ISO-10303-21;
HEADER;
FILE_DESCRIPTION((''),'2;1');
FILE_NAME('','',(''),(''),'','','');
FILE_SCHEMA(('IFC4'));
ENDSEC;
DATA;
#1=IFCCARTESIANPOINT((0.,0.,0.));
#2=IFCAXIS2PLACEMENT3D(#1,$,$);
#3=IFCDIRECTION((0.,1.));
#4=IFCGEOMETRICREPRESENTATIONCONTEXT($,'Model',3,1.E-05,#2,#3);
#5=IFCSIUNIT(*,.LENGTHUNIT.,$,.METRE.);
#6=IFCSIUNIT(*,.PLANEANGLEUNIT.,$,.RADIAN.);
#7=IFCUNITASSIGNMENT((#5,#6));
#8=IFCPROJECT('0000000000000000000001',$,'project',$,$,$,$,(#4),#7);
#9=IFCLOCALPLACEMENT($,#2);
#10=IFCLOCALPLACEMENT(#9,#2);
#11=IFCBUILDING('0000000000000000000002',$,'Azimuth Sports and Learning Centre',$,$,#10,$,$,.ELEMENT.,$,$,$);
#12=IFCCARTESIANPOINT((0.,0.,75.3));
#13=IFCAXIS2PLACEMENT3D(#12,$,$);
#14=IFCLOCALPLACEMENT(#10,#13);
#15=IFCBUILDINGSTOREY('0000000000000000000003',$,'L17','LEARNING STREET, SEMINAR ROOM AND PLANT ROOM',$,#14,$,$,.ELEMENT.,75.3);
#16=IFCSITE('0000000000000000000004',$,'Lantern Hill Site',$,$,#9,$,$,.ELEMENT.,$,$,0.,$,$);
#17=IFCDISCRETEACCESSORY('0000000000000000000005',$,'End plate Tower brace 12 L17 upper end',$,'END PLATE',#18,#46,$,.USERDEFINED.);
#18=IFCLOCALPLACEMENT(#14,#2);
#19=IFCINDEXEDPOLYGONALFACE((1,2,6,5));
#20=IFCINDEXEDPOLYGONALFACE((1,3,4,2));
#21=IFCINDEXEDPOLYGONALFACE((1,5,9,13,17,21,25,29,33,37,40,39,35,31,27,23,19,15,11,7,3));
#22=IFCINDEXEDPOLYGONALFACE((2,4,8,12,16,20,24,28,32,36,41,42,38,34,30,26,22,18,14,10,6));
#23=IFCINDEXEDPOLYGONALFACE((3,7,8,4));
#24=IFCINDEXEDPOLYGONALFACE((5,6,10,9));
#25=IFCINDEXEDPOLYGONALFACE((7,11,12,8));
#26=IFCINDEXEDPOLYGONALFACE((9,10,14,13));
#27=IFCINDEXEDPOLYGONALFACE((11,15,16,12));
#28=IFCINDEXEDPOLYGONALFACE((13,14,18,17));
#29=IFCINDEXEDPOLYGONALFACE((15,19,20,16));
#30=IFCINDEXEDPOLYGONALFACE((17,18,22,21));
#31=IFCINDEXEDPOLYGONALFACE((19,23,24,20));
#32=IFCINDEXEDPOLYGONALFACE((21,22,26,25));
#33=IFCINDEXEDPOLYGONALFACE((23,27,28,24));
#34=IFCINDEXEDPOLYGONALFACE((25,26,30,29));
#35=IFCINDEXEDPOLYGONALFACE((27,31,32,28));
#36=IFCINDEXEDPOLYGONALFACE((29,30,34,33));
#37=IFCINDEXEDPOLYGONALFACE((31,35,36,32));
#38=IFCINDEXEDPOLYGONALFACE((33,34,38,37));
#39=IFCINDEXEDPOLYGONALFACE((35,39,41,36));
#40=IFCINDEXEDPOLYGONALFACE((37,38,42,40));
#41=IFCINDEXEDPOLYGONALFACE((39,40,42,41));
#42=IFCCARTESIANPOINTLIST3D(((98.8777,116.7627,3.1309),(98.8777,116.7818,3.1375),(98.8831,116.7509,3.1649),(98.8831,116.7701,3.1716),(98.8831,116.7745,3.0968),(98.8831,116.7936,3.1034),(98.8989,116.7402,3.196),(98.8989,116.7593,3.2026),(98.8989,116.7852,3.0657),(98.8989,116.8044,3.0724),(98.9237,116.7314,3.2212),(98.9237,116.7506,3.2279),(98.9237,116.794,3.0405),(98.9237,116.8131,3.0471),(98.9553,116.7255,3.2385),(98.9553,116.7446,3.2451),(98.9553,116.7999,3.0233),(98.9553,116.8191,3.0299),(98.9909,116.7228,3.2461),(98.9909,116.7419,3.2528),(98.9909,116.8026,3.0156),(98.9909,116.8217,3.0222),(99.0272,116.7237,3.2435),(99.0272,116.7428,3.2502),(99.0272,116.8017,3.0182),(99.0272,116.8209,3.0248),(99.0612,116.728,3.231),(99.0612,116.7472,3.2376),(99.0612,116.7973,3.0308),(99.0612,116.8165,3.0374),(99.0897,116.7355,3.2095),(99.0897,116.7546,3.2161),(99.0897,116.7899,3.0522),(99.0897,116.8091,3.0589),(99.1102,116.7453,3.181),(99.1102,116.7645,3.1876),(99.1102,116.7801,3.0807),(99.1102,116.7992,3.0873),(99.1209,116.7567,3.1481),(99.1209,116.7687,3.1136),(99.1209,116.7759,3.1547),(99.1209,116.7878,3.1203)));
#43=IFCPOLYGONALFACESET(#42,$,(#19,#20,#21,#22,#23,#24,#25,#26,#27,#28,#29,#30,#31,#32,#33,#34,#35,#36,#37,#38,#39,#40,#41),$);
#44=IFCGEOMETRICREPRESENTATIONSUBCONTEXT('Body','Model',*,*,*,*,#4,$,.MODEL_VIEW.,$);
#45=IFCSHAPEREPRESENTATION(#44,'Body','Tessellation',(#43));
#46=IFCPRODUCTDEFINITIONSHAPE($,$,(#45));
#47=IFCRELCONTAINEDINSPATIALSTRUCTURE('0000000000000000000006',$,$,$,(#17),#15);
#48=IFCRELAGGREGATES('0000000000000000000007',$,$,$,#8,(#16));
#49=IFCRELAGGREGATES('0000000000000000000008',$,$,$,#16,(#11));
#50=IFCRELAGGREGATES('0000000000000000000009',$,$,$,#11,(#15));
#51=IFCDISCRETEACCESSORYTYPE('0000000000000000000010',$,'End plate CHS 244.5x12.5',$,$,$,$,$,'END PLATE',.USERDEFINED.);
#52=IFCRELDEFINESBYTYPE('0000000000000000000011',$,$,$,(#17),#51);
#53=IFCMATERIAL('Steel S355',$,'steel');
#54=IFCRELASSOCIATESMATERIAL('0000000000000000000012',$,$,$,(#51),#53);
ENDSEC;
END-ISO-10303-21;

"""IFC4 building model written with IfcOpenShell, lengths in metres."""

from ifc_helpers import new_model, si_unit, direction, frame, origin, origin_2d, place, context, subcontext, project, spatial, circle, extrude, material, material_profile, profile_set, type_object, element, save


model = new_model("IFC4")

# Units and contexts
model_context = context("Model", 3, precision=1e-05, world=origin(), true_north=direction((0.0, 1.0)))
body_context = subcontext(model_context, "Body", "Model", "MODEL_VIEW")
ifc_project = project(units=[si_unit("LENGTHUNIT", "METRE"), si_unit("PLANEANGLEUNIT", "RADIAN")], contexts=[model_context])

# Site, building, storey
site_placement = place(None, origin())
site = spatial("IfcSite", under=ifc_project, at=site_placement, Name="Lantern Hill Site", CompositionType="ELEMENT", RefElevation=0.0)
building_placement = place(site_placement, origin())
building = spatial("IfcBuilding", under=site, at=building_placement, Name="Azimuth Sports and Learning Centre", CompositionType="ELEMENT")
storey_placement = place(building_placement, frame((0.0, 0.0, 75.3)))
storey = spatial("IfcBuildingStorey", under=building, at=storey_placement, Name="L17", Description="LEARNING STREET, SEMINAR ROOM AND PLANT ROOM", CompositionType="ELEMENT", Elevation=75.3)

# Discrete accessory
ifc_material_1 = material(Name="Steel S355", Category="steel")
ifc_material_profile_1 = material_profile(ifc_material_1, circle(Radius=0.1223, at=origin_2d()), Name="PL 244 DISC")
ifc_profile_set_1 = profile_set([ifc_material_profile_1], Name="Steel S355")
discrete_accessory_type = type_object("IfcDiscreteAccessoryType", Name="End plate CHS 244.5x12.5", ElementType="END PLATE", PredefinedType="USERDEFINED", material=ifc_profile_set_1)
discrete_accessory_1_placement = place(storey_placement, frame((99.0, 116.7627, 3.1309), z_axis=(0.0, 0.944986, 0.327111), x_axis=(-1.0, 0.0, 0.0)))
element("IfcDiscreteAccessory", 1, at=discrete_accessory_1_placement, inside=storey, type_object=discrete_accessory_type, Name="End plate Tower brace 12 L17 upper end", ObjectType="END PLATE", PredefinedType="USERDEFINED", context=body_context, shape_type="SweptSolid", body=[
    extrude(circle(Radius=0.1223, at=origin_2d()), origin(), (0.0, 0.0, 1.0), 0.0203),
])

save(model, "model.ifc")
